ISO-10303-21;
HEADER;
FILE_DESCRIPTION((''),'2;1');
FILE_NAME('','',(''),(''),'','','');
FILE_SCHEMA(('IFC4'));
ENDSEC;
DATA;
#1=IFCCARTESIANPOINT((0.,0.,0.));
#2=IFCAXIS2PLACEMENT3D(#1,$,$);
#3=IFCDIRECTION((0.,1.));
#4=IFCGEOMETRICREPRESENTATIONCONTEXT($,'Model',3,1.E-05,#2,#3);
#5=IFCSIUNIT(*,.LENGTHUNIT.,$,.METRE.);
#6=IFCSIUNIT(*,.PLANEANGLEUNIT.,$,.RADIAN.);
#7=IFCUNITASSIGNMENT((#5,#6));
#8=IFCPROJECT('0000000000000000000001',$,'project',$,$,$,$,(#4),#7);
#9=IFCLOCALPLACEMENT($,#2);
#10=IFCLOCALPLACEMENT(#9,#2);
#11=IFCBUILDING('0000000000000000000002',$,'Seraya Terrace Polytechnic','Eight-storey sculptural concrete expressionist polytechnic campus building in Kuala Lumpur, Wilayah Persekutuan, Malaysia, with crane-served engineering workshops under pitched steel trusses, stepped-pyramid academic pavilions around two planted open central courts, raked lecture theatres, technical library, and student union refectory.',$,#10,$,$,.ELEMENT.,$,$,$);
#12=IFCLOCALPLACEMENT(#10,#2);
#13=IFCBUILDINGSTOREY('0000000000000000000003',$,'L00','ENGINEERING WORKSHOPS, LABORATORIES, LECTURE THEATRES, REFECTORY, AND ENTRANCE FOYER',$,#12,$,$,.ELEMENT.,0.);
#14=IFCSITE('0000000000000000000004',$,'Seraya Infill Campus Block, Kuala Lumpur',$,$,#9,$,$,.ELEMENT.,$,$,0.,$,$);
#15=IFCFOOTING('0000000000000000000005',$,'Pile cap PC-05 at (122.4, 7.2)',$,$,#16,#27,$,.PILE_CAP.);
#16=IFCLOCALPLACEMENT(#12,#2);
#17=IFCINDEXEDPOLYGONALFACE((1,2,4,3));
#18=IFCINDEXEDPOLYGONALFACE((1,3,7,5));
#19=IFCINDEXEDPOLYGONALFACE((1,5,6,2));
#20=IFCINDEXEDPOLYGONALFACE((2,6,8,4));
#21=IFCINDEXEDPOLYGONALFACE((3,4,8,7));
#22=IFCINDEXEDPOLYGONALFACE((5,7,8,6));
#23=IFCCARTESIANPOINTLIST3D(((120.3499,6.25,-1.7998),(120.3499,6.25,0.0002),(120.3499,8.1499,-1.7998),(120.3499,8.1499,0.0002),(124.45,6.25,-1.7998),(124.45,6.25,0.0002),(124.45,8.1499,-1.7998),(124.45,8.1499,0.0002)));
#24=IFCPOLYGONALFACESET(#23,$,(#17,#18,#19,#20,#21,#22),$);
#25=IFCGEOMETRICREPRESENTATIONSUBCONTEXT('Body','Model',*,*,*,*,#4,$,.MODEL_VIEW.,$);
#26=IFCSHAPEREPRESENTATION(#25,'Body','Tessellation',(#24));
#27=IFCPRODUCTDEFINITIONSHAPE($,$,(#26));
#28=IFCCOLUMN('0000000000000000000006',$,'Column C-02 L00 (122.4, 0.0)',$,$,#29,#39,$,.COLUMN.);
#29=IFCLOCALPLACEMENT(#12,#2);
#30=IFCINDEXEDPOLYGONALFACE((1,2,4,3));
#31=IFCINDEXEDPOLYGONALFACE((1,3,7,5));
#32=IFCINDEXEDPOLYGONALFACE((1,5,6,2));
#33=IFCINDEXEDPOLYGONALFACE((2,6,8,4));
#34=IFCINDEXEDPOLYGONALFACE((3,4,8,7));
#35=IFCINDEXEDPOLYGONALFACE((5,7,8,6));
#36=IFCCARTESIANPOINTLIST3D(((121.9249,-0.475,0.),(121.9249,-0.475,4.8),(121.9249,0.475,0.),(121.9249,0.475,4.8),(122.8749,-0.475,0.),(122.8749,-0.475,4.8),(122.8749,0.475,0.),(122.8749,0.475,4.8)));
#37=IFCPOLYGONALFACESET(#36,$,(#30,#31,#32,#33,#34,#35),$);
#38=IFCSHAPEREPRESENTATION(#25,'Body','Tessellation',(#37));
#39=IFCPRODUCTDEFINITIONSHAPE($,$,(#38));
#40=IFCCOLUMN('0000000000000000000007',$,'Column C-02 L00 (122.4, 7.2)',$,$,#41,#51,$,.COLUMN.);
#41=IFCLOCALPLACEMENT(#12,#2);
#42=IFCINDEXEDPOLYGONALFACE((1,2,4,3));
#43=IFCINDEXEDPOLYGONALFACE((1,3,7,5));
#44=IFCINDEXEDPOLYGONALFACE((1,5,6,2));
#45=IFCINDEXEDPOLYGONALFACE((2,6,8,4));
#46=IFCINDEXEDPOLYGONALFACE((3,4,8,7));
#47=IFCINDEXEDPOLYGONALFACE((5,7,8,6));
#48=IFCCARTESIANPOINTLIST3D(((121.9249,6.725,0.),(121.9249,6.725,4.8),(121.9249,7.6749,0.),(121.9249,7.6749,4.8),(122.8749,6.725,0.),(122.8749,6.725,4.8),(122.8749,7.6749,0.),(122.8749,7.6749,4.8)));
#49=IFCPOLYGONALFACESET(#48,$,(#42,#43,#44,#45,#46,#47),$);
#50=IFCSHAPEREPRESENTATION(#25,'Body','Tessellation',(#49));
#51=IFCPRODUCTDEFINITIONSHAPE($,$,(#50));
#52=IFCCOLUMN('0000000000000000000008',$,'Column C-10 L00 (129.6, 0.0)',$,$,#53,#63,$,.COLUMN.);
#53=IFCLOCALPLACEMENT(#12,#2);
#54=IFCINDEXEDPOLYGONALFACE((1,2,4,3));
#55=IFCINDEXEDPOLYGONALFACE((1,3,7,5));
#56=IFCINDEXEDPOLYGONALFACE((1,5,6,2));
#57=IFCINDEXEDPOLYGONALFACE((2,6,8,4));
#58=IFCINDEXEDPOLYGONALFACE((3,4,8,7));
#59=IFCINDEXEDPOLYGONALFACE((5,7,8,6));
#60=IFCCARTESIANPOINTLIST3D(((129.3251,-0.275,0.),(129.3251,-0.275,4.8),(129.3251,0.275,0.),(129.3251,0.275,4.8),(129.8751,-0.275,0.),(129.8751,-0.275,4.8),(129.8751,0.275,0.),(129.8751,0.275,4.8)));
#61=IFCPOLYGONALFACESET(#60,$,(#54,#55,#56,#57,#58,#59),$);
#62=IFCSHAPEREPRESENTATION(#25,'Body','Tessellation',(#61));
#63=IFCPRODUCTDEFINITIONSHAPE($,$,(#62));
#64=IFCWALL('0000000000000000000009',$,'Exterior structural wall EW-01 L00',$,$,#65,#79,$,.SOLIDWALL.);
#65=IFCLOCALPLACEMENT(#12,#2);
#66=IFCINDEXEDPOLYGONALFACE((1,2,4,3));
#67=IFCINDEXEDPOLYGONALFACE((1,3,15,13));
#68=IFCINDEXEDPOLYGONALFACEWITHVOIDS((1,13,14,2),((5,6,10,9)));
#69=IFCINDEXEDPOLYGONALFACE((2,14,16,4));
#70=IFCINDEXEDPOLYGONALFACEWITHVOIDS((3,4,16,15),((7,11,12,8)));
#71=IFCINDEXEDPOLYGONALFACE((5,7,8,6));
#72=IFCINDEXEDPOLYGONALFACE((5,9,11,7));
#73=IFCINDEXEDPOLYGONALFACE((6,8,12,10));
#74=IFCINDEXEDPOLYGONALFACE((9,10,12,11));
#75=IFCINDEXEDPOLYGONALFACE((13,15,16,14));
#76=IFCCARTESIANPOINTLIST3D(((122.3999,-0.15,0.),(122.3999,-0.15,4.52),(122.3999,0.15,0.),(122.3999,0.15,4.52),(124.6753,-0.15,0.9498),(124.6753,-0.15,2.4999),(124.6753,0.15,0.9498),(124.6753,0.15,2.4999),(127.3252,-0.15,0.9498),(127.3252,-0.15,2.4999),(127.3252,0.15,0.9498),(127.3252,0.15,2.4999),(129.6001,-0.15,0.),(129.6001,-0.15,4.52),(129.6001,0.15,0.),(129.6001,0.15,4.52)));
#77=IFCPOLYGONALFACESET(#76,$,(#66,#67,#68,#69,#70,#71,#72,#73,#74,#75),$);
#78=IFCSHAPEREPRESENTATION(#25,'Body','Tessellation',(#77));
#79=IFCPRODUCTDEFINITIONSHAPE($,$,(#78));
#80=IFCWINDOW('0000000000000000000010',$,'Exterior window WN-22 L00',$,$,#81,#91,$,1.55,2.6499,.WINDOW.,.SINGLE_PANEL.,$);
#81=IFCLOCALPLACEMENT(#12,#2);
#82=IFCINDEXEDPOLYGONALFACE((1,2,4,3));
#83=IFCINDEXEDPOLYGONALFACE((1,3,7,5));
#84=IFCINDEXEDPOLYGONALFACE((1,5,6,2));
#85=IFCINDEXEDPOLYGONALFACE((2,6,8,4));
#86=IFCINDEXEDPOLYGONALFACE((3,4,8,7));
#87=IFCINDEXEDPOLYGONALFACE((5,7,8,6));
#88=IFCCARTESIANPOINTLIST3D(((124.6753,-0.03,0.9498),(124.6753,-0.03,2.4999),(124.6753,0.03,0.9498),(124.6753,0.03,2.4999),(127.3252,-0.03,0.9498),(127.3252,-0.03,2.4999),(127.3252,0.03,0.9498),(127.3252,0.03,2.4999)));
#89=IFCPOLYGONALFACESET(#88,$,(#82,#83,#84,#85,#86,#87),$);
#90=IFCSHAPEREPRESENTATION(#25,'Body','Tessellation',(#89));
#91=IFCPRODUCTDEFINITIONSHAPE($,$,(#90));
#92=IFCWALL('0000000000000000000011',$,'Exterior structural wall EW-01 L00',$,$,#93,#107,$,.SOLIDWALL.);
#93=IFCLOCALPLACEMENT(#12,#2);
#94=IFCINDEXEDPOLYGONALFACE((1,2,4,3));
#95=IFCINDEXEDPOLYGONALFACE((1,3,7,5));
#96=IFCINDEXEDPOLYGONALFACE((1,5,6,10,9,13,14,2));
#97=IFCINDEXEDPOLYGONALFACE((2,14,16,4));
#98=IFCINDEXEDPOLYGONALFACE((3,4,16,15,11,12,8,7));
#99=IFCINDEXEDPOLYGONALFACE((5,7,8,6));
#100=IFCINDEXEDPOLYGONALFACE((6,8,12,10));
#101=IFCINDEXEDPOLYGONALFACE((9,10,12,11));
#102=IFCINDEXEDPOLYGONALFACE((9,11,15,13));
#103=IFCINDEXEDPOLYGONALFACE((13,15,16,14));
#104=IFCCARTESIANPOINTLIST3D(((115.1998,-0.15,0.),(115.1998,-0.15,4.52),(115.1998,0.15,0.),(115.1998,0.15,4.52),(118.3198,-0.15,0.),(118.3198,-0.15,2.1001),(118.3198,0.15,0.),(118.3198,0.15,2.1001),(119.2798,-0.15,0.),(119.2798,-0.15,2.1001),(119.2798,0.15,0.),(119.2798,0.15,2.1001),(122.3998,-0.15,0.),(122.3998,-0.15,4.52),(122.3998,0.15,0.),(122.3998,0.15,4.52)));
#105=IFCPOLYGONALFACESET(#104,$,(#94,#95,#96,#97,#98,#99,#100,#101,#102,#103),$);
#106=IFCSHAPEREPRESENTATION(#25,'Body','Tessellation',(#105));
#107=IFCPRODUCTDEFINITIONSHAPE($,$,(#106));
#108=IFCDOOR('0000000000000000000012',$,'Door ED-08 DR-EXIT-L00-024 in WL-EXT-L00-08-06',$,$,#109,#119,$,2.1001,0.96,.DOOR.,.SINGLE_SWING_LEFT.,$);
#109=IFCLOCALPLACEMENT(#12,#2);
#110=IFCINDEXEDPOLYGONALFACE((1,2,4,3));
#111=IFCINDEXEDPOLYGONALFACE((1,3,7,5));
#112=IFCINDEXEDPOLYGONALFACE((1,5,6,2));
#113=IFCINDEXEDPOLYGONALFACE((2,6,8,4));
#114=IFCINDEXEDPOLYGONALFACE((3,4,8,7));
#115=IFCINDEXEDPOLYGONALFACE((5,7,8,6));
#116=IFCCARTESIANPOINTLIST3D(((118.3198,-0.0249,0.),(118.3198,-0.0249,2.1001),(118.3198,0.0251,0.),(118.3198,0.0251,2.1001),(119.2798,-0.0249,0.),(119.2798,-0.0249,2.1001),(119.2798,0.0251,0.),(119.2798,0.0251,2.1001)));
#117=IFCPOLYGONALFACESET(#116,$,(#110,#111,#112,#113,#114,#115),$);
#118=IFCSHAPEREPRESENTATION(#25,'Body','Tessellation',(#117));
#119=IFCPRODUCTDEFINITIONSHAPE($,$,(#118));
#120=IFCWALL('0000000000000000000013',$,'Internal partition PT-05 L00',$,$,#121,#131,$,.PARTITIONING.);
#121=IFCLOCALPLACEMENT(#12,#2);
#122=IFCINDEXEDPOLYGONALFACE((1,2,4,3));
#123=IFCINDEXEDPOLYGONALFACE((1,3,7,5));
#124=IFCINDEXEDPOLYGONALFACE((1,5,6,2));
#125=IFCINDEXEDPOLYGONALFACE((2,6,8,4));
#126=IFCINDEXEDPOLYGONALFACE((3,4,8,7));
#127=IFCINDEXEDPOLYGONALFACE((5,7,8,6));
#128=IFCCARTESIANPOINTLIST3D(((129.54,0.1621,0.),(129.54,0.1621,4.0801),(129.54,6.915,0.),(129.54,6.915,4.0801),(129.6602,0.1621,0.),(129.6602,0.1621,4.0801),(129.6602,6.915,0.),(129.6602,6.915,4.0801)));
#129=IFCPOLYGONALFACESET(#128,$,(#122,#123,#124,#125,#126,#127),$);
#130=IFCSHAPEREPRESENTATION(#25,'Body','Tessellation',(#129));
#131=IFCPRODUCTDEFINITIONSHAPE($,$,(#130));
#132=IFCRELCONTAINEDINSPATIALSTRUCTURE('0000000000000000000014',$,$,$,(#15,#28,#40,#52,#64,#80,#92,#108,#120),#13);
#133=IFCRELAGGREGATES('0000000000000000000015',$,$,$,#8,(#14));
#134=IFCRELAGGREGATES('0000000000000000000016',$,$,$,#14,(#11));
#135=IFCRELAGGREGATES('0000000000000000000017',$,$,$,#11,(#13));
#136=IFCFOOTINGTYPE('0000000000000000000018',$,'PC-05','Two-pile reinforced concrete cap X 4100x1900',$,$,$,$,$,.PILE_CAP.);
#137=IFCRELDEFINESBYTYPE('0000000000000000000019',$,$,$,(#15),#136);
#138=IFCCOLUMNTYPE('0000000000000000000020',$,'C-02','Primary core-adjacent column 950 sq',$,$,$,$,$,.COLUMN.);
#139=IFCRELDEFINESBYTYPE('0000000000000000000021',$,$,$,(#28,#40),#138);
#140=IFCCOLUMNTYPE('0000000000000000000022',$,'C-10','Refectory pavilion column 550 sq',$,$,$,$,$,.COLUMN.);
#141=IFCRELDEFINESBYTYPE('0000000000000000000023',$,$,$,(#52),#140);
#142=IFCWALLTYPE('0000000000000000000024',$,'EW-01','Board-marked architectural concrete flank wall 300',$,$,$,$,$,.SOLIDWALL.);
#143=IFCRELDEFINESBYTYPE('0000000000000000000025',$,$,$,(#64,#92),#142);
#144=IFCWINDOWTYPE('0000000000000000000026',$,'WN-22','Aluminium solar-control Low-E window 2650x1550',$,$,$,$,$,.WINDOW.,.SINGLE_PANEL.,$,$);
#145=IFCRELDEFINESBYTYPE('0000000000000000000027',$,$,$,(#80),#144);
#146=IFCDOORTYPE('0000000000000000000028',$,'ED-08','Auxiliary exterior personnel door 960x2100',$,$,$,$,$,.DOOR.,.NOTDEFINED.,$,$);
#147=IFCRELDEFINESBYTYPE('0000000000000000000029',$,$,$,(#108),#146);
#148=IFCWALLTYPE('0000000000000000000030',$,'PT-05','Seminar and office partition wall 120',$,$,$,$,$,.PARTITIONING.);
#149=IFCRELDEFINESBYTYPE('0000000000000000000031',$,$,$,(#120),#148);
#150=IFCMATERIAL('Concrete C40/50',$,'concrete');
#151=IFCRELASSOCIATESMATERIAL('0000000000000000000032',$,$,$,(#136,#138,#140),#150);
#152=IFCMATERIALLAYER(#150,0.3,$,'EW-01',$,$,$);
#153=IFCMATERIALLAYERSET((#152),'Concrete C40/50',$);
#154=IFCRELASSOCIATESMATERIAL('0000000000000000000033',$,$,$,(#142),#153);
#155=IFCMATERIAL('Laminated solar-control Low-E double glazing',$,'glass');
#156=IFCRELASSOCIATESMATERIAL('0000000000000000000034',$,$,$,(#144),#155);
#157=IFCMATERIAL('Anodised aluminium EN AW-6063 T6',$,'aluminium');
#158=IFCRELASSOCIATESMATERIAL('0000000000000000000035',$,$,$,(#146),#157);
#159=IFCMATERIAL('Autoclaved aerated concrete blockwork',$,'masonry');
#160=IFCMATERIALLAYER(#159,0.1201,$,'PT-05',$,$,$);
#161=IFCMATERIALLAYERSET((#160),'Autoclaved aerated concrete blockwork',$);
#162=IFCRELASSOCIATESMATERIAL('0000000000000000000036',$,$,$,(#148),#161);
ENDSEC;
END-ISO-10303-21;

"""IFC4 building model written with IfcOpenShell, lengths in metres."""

from ifc_helpers import new_model, si_unit, direction, frame, frame_2d, origin, origin_2d, place, context, subcontext, project, spatial, rectangle, extrude, material, layer, layer_set, material_profile, profile_set, type_object, element, fill, save


model = new_model("IFC4")

# Units and contexts
model_context = context("Model", 3, precision=1e-05, world=origin(), true_north=direction((0.0, 1.0)))
body_context = subcontext(model_context, "Body", "Model", "MODEL_VIEW")
ifc_project = project(units=[si_unit("LENGTHUNIT", "METRE"), si_unit("PLANEANGLEUNIT", "RADIAN")], contexts=[model_context])

# Site, building, storey
site_placement = place(None, origin())
site = spatial("IfcSite", under=ifc_project, at=site_placement, Name="Seraya Infill Campus Block, Kuala Lumpur", CompositionType="ELEMENT", RefElevation=0.0)
building_placement = place(site_placement, origin())
building = spatial("IfcBuilding", under=site, at=building_placement, Name="Seraya Terrace Polytechnic", Description="Eight-storey sculptural concrete expressionist polytechnic campus building in Kuala Lumpur, Wilayah Persekutuan, Malaysia, with crane-served engineering workshops under pitched steel trusses, stepped-pyramid academic pavilions around two planted open central courts, raked lecture theatres, technical library, and student union refectory.", CompositionType="ELEMENT")
storey_placement = place(building_placement, origin())
storey = spatial("IfcBuildingStorey", under=building, at=storey_placement, Name="L00", Description="ENGINEERING WORKSHOPS, LABORATORIES, LECTURE THEATRES, REFECTORY, AND ENTRANCE FOYER", CompositionType="ELEMENT", Elevation=0.0)

# Shared definitions
ifc_material_1 = material(Name="Concrete C40/50", Category="concrete")

# Footing
footing_type_1 = type_object("IfcFootingType", Name="PC-05", Description="Two-pile reinforced concrete cap X 4100x1900", PredefinedType="PILE_CAP", material=ifc_material_1)
for number, where, z_axis, x_axis, name in (
    (1, (122.3999, 7.2, -1.7998), (0.0, 0.0, 1.0), (1.0, 0.0, 0.0), "Pile cap PC-05 at (122.4, 7.2)"),
):
    element("IfcFooting", number, at=place(storey_placement, frame(where, z_axis=z_axis, x_axis=x_axis)), inside=storey, type_object=footing_type_1, Name=name, PredefinedType="PILE_CAP", context=body_context, shape_type="SweptSolid", body=[
        extrude(rectangle(XDim=4.1001, YDim=1.8999, at=origin_2d()), origin(), (0.0, 0.0, 1.0), 1.8),
    ])

# Columns
ifc_material_profile_1 = material_profile(ifc_material_1, rectangle(XDim=0.95, YDim=0.95, at=origin_2d()), Name="RC 950x950")
ifc_profile_set_1 = profile_set([ifc_material_profile_1], Name="Concrete C40/50")
column_type_1 = type_object("IfcColumnType", Name="C-02", Description="Primary core-adjacent column 950 sq", PredefinedType="COLUMN", material=ifc_profile_set_1)
for number, where, z_axis, x_axis, name in (
    (2, (122.3999, 0.0, 0.0), (0.0, 0.0, 1.0), (1.0, 0.0, 0.0), "Column C-02 L00 (122.4, 0.0)"),
    (3, (122.3999, 7.2, 0.0), (0.0, 0.0, 1.0), (1.0, 0.0, 0.0), "Column C-02 L00 (122.4, 7.2)"),
):
    element("IfcColumn", number, at=place(storey_placement, frame(where, z_axis=z_axis, x_axis=x_axis)), inside=storey, type_object=column_type_1, Name=name, PredefinedType="COLUMN", context=body_context, shape_type="SweptSolid", body=[
        extrude(rectangle(XDim=0.95, YDim=0.95, at=origin_2d()), origin(), (0.0, 0.0, 1.0), 4.8),
    ])
ifc_material_profile_2 = material_profile(ifc_material_1, rectangle(XDim=0.55, YDim=0.55, at=origin_2d()), Name="RC 550x550")
ifc_profile_set_2 = profile_set([ifc_material_profile_2], Name="Concrete C40/50")
column_type_2 = type_object("IfcColumnType", Name="C-10", Description="Refectory pavilion column 550 sq", PredefinedType="COLUMN", material=ifc_profile_set_2)
column_placement = place(storey_placement, frame((129.6001, 0.0, 0.0), z_axis=(0.0, 0.0, 1.0), x_axis=(1.0, 0.0, 0.0)))
element("IfcColumn", 4, at=column_placement, inside=storey, type_object=column_type_2, Name="Column C-10 L00 (129.6, 0.0)", PredefinedType="COLUMN", context=body_context, shape_type="SweptSolid", body=[
    extrude(rectangle(XDim=0.55, YDim=0.55, at=origin_2d()), origin(), (0.0, 0.0, 1.0), 4.8),
])

# Wall, opening, window
ifc_layer_1 = layer(ifc_material_1, 0.3, Name="EW-01")
ifc_layer_set_1 = layer_set([ifc_layer_1], Name="Concrete C40/50")
wall_type_1 = type_object("IfcWallType", Name="EW-01", Description="Board-marked architectural concrete flank wall 300", PredefinedType="SOLIDWALL", material=ifc_layer_set_1)
wall_1_placement = place(storey_placement, frame((129.6001, 0.0, 0.0), z_axis=(0.0, 0.0, 1.0), x_axis=(-1.0, 0.0, 0.0)))
wall_1 = element("IfcWall", 5, at=wall_1_placement, inside=storey, type_object=wall_type_1, Name="Exterior structural wall EW-01 L00", PredefinedType="SOLIDWALL", context=body_context, shape_type="SweptSolid", body=[
    extrude(rectangle(XDim=7.2002, YDim=0.3, at=frame_2d((3.6001, 0.0))), origin(), (0.0, 0.0, 1.0), 4.52),
])
opening_1_placement = place(wall_1_placement, frame((2.2749, 0.0, 0.95)))
opening_1 = element("IfcOpeningElement", 6, at=opening_1_placement, cuts=wall_1, PredefinedType="OPENING", context=body_context, shape_type="SweptSolid", body=[
    extrude(rectangle(XDim=2.6499, YDim=1.55, at=frame_2d((1.325, 0.7749))), frame((0.0, 0.1621, 0.0), z_axis=(0.0, -1.0, 0.0), x_axis=(1.0, 0.0, 0.0)), (0.0, 0.0, 1.0), 0.324),
])
ifc_material_2 = material(Name="Laminated solar-control Low-E double glazing", Category="glass")
window_type = type_object("IfcWindowType", Name="WN-22", Description="Aluminium solar-control Low-E window 2650x1550", PartitioningType="SINGLE_PANEL", PredefinedType="WINDOW", material=ifc_material_2)
window_placement = place(opening_1_placement, origin())
window = element("IfcWindow", 7, at=window_placement, inside=storey, type_object=window_type, Name="Exterior window WN-22 L00", OverallHeight=1.55, OverallWidth=2.6499, PartitioningType="SINGLE_PANEL", PredefinedType="WINDOW", context=body_context, shape_type="SweptSolid", body=[
    extrude(rectangle(XDim=2.6499, YDim=1.55, at=frame_2d((1.325, 0.7749))), frame((0.0, 0.03, 0.0), z_axis=(0.0, -1.0, 0.0), x_axis=(1.0, 0.0, 0.0)), (0.0, 0.0, 1.0), 0.0601),
])
fill(opening_1, window)

# Wall, opening, door
wall_2_placement = place(storey_placement, frame((122.3999, 0.0, 0.0), z_axis=(0.0, 0.0, 1.0), x_axis=(-1.0, 0.0, 0.0)))
wall_2 = element("IfcWall", 8, at=wall_2_placement, inside=storey, type_object=wall_type_1, Name="Exterior structural wall EW-01 L00", PredefinedType="SOLIDWALL", context=body_context, shape_type="SweptSolid", body=[
    extrude(rectangle(XDim=7.2, YDim=0.3, at=frame_2d((3.6001, 0.0))), origin(), (0.0, 0.0, 1.0), 4.52),
])
opening_2_placement = place(wall_2_placement, frame((3.1201, 0.0, 0.0)))
opening_2 = element("IfcOpeningElement", 9, at=opening_2_placement, cuts=wall_2, PredefinedType="OPENING", context=body_context, shape_type="SweptSolid", body=[
    extrude(rectangle(XDim=0.96, YDim=2.1001, at=frame_2d((0.48, 1.05))), frame((0.0, 0.1621, 0.0), z_axis=(0.0, -1.0, 0.0), x_axis=(1.0, 0.0, 0.0)), (0.0, 0.0, 1.0), 0.324),
])
ifc_material_3 = material(Name="Anodised aluminium EN AW-6063 T6", Category="aluminium")
door_type = type_object("IfcDoorType", Name="ED-08", Description="Auxiliary exterior personnel door 960x2100", OperationType="NOTDEFINED", PredefinedType="DOOR", material=ifc_material_3)
door_placement = place(opening_2_placement, origin())
door = element("IfcDoor", 10, at=door_placement, inside=storey, type_object=door_type, Name="Door ED-08 DR-EXIT-L00-024 in WL-EXT-L00-08-06", OperationType="SINGLE_SWING_LEFT", OverallHeight=2.1001, OverallWidth=0.96, PredefinedType="DOOR", context=body_context, shape_type="SweptSolid", body=[
    extrude(rectangle(XDim=0.96, YDim=2.1001, at=frame_2d((0.48, 1.05))), frame((0.0, 0.0249, 0.0), z_axis=(0.0, -1.0, 0.0), x_axis=(1.0, 0.0, 0.0)), (0.0, 0.0, 1.0), 0.05),
])
fill(opening_2, door)

# Wall
ifc_material_4 = material(Name="Autoclaved aerated concrete blockwork", Category="masonry")
ifc_layer_2 = layer(ifc_material_4, 0.1201, Name="PT-05")
ifc_layer_set_2 = layer_set([ifc_layer_2], Name="Autoclaved aerated concrete blockwork")
wall_type_2 = type_object("IfcWallType", Name="PT-05", Description="Seminar and office partition wall 120", PredefinedType="PARTITIONING", material=ifc_layer_set_2)
wall_3_placement = place(storey_placement, frame((129.6001, 0.1621, 0.0), z_axis=(0.0, 0.0, 1.0), x_axis=(0.0, 1.0, 0.0)))
element("IfcWall", 11, at=wall_3_placement, inside=storey, type_object=wall_type_2, Name="Internal partition PT-05 L00", PredefinedType="PARTITIONING", context=body_context, shape_type="SweptSolid", body=[
    extrude(rectangle(XDim=6.7529, YDim=0.1201, at=frame_2d((3.3765, 0.0))), origin(), (0.0, 0.0, 1.0), 4.0801),
])

save(model, "model.ifc")
